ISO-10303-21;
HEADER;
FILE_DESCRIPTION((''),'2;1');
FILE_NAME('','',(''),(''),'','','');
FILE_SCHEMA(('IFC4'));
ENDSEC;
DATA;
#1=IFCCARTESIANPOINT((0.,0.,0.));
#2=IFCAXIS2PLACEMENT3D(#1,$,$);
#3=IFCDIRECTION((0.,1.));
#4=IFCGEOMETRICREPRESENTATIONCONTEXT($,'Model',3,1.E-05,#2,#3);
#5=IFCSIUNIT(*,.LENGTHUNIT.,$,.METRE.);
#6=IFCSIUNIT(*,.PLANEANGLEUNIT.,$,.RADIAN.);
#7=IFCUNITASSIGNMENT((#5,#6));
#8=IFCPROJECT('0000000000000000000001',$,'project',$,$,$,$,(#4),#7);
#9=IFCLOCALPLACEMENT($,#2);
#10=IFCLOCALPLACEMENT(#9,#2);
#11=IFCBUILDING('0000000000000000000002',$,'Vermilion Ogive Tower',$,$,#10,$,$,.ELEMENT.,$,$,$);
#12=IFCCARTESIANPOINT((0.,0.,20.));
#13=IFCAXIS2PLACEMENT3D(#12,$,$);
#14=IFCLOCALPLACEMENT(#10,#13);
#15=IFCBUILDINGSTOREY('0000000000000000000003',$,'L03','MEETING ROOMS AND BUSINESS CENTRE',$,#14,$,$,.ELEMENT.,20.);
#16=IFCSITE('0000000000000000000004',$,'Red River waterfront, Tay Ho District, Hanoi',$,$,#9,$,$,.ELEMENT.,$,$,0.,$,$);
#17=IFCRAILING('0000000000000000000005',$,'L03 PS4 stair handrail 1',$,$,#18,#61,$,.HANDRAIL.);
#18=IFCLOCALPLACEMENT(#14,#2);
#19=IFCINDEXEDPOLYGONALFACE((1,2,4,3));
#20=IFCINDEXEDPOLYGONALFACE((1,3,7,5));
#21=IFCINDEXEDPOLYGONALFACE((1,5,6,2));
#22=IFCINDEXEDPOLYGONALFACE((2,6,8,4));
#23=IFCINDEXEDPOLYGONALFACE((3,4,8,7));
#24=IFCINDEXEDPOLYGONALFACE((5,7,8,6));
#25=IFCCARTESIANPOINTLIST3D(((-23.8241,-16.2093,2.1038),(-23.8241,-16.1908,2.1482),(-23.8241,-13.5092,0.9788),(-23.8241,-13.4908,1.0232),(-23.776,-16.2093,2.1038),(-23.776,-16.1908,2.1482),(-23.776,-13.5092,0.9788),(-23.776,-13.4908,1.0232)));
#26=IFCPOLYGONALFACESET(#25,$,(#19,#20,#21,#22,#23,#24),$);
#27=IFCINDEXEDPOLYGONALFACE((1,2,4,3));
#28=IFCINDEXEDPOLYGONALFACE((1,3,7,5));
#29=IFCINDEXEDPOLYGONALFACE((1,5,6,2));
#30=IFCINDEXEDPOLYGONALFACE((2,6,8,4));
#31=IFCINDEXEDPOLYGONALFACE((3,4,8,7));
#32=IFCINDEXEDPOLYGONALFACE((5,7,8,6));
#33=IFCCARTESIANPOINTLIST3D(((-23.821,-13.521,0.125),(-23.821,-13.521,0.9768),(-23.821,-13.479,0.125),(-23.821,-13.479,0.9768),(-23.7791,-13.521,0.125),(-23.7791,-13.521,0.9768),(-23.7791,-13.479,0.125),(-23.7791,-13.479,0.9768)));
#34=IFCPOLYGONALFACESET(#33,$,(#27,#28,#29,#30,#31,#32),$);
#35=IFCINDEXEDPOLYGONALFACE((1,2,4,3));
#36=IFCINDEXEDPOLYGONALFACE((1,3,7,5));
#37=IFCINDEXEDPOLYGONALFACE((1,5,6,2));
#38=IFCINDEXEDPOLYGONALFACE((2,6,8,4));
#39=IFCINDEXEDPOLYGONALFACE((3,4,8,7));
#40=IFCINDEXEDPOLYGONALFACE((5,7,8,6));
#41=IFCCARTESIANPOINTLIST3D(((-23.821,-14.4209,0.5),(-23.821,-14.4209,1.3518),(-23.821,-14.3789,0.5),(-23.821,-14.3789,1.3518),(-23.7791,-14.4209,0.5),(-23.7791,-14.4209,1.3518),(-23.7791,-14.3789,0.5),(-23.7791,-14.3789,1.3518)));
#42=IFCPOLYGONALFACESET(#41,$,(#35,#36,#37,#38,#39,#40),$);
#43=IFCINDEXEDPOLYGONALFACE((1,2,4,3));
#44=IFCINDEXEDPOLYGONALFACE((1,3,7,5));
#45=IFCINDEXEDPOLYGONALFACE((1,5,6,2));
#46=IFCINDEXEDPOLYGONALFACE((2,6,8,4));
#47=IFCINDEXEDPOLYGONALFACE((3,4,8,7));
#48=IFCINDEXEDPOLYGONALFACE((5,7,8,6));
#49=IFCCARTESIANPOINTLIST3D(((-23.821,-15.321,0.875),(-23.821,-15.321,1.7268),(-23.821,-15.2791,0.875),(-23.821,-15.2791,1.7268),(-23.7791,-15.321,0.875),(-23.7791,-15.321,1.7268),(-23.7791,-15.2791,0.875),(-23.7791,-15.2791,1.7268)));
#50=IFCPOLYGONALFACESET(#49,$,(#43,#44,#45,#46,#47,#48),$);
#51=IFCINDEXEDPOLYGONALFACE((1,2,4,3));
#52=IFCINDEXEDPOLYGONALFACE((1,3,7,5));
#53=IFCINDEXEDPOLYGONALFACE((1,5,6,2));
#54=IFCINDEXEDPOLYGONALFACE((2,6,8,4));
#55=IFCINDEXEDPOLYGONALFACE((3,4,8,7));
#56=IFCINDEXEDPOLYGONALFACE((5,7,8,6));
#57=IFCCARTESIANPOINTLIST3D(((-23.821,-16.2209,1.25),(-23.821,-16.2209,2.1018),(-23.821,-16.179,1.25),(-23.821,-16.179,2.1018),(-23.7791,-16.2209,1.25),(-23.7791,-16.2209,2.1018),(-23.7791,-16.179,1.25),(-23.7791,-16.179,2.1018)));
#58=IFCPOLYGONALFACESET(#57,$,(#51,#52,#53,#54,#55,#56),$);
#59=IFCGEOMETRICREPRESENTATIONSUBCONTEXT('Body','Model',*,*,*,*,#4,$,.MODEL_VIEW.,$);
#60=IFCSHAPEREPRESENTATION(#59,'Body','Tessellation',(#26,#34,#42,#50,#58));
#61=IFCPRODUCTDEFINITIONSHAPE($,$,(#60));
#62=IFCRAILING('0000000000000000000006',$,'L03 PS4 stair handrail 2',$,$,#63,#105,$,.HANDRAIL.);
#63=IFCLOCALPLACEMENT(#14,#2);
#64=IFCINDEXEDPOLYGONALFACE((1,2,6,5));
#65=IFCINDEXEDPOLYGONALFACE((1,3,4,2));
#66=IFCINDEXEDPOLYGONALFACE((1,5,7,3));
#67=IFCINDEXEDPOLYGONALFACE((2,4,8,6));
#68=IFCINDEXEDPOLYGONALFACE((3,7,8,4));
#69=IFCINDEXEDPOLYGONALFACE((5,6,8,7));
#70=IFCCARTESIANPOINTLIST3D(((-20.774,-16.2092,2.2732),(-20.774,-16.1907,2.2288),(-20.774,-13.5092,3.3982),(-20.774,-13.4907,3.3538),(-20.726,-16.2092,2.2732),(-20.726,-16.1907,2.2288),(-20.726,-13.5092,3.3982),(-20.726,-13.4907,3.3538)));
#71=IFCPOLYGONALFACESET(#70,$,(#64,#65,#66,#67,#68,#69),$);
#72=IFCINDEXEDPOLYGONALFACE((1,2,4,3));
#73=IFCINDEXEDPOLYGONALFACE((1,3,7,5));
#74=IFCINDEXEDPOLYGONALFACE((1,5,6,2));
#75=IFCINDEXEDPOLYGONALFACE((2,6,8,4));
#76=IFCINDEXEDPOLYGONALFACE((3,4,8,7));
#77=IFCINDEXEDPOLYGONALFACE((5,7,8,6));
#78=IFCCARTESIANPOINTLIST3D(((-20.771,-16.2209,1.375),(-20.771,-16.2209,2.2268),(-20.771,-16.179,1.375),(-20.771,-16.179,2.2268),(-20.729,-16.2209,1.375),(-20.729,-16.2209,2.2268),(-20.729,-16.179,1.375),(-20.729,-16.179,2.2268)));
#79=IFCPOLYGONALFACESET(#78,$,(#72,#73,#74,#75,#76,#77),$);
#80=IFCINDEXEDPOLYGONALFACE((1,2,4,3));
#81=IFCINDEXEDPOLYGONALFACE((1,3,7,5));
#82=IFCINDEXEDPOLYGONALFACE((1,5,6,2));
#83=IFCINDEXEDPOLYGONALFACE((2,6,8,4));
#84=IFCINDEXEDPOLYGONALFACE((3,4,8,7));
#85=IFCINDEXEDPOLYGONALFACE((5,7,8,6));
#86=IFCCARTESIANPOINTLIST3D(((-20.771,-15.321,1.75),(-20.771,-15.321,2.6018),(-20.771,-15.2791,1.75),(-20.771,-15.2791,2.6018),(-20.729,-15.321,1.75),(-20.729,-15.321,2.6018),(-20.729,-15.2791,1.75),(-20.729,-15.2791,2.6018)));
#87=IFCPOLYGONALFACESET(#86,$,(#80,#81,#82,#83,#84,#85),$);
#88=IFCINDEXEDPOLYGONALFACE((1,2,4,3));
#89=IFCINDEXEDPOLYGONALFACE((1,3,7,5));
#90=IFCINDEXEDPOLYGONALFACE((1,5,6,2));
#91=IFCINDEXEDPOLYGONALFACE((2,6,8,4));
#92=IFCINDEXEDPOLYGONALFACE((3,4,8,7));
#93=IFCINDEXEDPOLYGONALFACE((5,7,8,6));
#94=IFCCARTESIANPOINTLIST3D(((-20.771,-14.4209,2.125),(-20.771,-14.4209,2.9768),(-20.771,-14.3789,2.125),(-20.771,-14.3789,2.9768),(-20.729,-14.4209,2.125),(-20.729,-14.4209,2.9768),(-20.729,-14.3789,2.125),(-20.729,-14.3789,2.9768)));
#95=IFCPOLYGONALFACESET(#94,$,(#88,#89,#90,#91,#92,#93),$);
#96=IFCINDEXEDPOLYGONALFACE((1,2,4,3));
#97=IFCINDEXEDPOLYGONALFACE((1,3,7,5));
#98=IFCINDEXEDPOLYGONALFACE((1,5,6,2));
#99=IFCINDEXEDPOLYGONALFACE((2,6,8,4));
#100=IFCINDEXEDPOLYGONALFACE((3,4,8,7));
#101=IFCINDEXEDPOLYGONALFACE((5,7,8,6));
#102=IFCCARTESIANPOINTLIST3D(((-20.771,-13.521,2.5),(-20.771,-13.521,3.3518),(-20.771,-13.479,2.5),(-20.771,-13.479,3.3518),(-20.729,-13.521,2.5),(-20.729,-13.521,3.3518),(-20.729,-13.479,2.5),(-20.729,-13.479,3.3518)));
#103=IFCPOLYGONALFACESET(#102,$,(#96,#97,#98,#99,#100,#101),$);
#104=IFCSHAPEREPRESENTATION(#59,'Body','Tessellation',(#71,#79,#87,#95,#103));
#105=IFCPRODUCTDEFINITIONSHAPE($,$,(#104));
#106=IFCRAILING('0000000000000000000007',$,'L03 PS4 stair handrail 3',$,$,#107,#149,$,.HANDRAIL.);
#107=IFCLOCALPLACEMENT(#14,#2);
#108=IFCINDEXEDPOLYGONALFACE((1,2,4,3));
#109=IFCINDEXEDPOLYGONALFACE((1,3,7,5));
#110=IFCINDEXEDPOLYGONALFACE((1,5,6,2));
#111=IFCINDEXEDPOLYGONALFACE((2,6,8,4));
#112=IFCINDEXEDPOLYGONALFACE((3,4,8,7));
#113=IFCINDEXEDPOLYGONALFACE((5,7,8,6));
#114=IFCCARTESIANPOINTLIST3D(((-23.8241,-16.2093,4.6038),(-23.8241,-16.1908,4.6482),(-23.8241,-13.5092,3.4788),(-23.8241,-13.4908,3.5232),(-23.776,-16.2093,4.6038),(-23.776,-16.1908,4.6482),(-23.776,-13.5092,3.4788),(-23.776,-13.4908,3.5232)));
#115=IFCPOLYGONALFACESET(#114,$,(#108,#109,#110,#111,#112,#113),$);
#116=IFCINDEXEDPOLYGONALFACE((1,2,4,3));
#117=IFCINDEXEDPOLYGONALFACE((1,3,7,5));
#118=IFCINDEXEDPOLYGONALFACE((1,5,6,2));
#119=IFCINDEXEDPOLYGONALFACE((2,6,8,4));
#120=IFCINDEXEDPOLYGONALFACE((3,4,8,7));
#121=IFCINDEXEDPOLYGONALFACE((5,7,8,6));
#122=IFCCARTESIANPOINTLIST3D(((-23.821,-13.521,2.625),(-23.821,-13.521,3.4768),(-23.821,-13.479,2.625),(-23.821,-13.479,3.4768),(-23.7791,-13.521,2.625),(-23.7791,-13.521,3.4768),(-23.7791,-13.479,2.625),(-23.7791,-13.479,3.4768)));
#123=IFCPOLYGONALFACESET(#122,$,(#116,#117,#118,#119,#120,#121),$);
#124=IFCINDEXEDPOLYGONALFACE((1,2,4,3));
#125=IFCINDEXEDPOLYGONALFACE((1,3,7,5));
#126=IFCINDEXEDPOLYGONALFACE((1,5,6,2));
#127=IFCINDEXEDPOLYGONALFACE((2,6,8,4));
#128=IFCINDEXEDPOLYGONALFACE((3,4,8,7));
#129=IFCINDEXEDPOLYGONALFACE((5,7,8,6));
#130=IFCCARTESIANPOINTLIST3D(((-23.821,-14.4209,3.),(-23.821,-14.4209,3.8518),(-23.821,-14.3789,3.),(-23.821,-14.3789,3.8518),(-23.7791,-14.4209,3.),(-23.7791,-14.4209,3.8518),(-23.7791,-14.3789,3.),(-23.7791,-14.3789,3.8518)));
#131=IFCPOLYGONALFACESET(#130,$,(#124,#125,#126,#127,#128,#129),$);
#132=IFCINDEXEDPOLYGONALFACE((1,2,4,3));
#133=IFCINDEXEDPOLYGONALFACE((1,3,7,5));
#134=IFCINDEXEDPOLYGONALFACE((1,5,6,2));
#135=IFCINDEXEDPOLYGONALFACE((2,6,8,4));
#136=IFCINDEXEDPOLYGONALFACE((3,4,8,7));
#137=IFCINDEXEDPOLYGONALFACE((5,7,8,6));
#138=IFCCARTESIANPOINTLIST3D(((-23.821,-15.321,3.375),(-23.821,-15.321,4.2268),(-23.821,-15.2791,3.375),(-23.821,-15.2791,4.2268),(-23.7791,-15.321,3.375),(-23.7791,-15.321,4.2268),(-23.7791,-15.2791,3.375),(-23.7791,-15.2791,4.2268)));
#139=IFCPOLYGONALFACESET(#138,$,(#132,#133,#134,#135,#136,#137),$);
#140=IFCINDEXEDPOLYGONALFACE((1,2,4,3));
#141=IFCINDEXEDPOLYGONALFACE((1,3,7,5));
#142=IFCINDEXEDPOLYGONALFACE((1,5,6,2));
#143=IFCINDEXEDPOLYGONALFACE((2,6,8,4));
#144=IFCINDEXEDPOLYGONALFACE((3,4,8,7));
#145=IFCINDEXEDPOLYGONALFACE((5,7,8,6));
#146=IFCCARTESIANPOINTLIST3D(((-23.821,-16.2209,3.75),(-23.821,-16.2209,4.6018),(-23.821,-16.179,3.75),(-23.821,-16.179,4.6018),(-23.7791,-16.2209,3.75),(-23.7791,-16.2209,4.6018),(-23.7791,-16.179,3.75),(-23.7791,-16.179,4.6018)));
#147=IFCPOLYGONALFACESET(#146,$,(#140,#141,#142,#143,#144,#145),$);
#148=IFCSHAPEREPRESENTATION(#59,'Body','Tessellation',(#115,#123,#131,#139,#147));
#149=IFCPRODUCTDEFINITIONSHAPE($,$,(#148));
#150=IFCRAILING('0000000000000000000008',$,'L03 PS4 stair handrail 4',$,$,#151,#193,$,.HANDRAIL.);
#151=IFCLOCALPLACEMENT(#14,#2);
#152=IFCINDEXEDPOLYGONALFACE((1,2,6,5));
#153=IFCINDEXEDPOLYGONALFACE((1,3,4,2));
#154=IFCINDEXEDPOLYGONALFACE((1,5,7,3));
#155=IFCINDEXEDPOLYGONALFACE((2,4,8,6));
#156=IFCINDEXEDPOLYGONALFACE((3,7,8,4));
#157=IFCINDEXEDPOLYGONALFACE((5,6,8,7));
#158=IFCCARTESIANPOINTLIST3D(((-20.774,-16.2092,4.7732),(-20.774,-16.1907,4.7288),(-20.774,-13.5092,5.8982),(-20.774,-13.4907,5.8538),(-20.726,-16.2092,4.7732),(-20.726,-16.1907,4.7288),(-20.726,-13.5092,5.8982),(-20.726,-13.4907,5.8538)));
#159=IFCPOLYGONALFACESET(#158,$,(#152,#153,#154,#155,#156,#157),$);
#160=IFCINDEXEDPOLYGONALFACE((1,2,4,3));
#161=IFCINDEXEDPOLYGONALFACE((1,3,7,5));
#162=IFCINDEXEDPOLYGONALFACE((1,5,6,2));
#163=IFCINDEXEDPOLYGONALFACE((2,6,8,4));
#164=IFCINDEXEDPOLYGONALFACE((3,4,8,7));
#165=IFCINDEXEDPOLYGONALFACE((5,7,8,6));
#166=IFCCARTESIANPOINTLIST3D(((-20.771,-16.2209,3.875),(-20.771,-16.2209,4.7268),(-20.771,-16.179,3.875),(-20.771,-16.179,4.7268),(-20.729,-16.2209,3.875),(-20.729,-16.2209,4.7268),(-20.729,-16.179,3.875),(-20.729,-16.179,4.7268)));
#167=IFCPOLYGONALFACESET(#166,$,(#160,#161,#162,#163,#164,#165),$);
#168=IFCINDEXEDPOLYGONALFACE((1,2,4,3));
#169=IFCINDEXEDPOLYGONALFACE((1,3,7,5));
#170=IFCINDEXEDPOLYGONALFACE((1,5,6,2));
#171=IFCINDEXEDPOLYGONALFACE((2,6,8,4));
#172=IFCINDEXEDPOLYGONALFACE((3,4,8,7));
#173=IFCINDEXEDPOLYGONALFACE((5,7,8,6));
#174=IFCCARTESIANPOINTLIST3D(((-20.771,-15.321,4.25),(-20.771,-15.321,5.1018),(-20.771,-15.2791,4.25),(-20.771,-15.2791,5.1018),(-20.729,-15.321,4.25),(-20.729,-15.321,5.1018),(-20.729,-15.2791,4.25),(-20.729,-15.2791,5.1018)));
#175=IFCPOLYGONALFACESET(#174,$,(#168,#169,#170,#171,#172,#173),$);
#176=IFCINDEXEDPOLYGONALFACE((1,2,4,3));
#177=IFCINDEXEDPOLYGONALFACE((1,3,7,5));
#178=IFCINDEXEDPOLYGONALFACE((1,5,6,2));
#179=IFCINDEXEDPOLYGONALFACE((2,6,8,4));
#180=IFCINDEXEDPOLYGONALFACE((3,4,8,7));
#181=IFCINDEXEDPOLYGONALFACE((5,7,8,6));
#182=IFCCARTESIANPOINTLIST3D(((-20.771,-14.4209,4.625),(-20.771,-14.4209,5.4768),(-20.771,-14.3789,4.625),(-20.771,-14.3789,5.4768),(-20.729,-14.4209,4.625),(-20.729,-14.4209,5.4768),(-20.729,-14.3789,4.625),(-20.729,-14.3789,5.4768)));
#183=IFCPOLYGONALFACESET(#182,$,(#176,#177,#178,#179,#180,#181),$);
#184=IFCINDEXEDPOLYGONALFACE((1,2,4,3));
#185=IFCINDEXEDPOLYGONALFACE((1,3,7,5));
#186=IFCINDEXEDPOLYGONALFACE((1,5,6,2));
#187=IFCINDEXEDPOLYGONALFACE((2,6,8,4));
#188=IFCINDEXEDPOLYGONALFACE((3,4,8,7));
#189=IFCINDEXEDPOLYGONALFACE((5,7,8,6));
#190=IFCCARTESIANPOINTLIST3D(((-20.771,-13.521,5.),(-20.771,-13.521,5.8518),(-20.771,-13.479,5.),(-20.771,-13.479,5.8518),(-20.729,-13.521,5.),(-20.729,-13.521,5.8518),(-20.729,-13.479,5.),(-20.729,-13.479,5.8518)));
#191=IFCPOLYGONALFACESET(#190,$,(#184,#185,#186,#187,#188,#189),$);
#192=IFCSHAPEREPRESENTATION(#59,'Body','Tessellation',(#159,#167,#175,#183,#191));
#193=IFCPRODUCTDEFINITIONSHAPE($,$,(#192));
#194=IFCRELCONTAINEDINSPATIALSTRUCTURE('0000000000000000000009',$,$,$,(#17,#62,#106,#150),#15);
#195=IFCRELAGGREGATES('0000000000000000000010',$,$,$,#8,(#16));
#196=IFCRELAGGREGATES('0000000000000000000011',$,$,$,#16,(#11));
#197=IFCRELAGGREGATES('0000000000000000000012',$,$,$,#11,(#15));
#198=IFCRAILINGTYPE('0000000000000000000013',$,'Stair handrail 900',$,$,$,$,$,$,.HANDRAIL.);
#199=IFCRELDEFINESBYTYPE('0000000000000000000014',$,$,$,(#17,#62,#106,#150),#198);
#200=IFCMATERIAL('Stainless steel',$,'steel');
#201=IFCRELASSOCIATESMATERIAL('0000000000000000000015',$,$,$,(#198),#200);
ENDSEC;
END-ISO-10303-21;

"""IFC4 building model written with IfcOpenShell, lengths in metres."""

from ifc_helpers import new_model, si_unit, direction, frame, origin, origin_2d, place, context, subcontext, project, spatial, rectangle, extrude, material, type_object, element, save


model = new_model("IFC4")

# Units and contexts
model_context = context("Model", 3, precision=1e-05, world=origin(), true_north=direction((0.0, 1.0)))
body_context = subcontext(model_context, "Body", "Model", "MODEL_VIEW")
ifc_project = project(units=[si_unit("LENGTHUNIT", "METRE"), si_unit("PLANEANGLEUNIT", "RADIAN")], contexts=[model_context])

# Site, building, storey
site_placement = place(None, origin())
site = spatial("IfcSite", under=ifc_project, at=site_placement, Name="Red River waterfront, Tay Ho District, Hanoi", CompositionType="ELEMENT", RefElevation=0.0)
building_placement = place(site_placement, origin())
building = spatial("IfcBuilding", under=site, at=building_placement, Name="Vermilion Ogive Tower", CompositionType="ELEMENT")
storey_placement = place(building_placement, frame((0.0, 0.0, 20.0)))
storey = spatial("IfcBuildingStorey", under=building, at=storey_placement, Name="L03", Description="MEETING ROOMS AND BUSINESS CENTRE", CompositionType="ELEMENT", Elevation=20.0)

# Railings
ifc_material_1 = material(Name="Stainless steel", Category="steel")
railing_type_1 = type_object("IfcRailingType", Name="Stair handrail 900", PredefinedType="HANDRAIL", material=ifc_material_1)
railing_1_placement = place(storey_placement, frame((-23.8, -13.5, 0.125)))
element("IfcRailing", 1, at=railing_1_placement, inside=storey, type_object=railing_type_1, Name="L03 PS4 stair handrail 1", PredefinedType="HANDRAIL", context=body_context, shape_type="SweptSolid", body=[
    extrude(rectangle(XDim=0.0481, YDim=0.0481, at=origin_2d()), frame((0.0, 0.0, 0.876), z_axis=(0.0, -0.923074, 0.384621), x_axis=(1.0, 0.0, 0.0)), (0.0, 0.0, 1.0), 2.925),
    extrude(rectangle(XDim=0.042, YDim=0.042, at=origin_2d()), origin(), (0.0, 0.0, 1.0), 0.8518),
    extrude(rectangle(XDim=0.042, YDim=0.042, at=origin_2d()), frame((0.0, -0.8999, 0.375)), (0.0, 0.0, 1.0), 0.8518),
    extrude(rectangle(XDim=0.042, YDim=0.042, at=origin_2d()), frame((0.0, -1.8, 0.75)), (0.0, 0.0, 1.0), 0.8518),
    extrude(rectangle(XDim=0.042, YDim=0.042, at=origin_2d()), frame((0.0, -2.7, 1.125)), (0.0, 0.0, 1.0), 0.8518),
])
railing_2_placement = place(storey_placement, frame((-20.75, -16.2, 1.375)))
element("IfcRailing", 2, at=railing_2_placement, inside=storey, type_object=railing_type_1, Name="L03 PS4 stair handrail 2", PredefinedType="HANDRAIL", context=body_context, shape_type="SweptSolid", body=[
    extrude(rectangle(XDim=0.0481, YDim=0.0481, at=origin_2d()), frame((0.0, 0.0, 0.876), z_axis=(0.0, 0.923074, 0.384621), x_axis=(-1.0, 0.0, 0.0)), (0.0, 0.0, 1.0), 2.925),
    extrude(rectangle(XDim=0.042, YDim=0.042, at=origin_2d()), origin(), (0.0, 0.0, 1.0), 0.8518),
    extrude(rectangle(XDim=0.042, YDim=0.042, at=origin_2d()), frame((0.0, 0.8999, 0.375)), (0.0, 0.0, 1.0), 0.8518),
    extrude(rectangle(XDim=0.042, YDim=0.042, at=origin_2d()), frame((0.0, 1.8, 0.75)), (0.0, 0.0, 1.0), 0.8518),
    extrude(rectangle(XDim=0.042, YDim=0.042, at=origin_2d()), frame((0.0, 2.7, 1.125)), (0.0, 0.0, 1.0), 0.8518),
])
railing_3_placement = place(storey_placement, frame((-23.8, -13.5, 2.625)))
element("IfcRailing", 3, at=railing_3_placement, inside=storey, type_object=railing_type_1, Name="L03 PS4 stair handrail 3", PredefinedType="HANDRAIL", context=body_context, shape_type="SweptSolid", body=[
    extrude(rectangle(XDim=0.0481, YDim=0.0481, at=origin_2d()), frame((0.0, 0.0, 0.876), z_axis=(0.0, -0.923074, 0.384621), x_axis=(1.0, 0.0, 0.0)), (0.0, 0.0, 1.0), 2.925),
    extrude(rectangle(XDim=0.042, YDim=0.042, at=origin_2d()), origin(), (0.0, 0.0, 1.0), 0.8518),
    extrude(rectangle(XDim=0.042, YDim=0.042, at=origin_2d()), frame((0.0, -0.8999, 0.375)), (0.0, 0.0, 1.0), 0.8518),
    extrude(rectangle(XDim=0.042, YDim=0.042, at=origin_2d()), frame((0.0, -1.8, 0.75)), (0.0, 0.0, 1.0), 0.8518),
    extrude(rectangle(XDim=0.042, YDim=0.042, at=origin_2d()), frame((0.0, -2.7, 1.125)), (0.0, 0.0, 1.0), 0.8518),
])
railing_4_placement = place(storey_placement, frame((-20.75, -16.2, 3.875)))
element("IfcRailing", 4, at=railing_4_placement, inside=storey, type_object=railing_type_1, Name="L03 PS4 stair handrail 4", PredefinedType="HANDRAIL", context=body_context, shape_type="SweptSolid", body=[
    extrude(rectangle(XDim=0.0481, YDim=0.0481, at=origin_2d()), frame((0.0, 0.0, 0.876), z_axis=(0.0, 0.923074, 0.384621), x_axis=(-1.0, 0.0, 0.0)), (0.0, 0.0, 1.0), 2.925),
    extrude(rectangle(XDim=0.042, YDim=0.042, at=origin_2d()), origin(), (0.0, 0.0, 1.0), 0.8518),
    extrude(rectangle(XDim=0.042, YDim=0.042, at=origin_2d()), frame((0.0, 0.8999, 0.375)), (0.0, 0.0, 1.0), 0.8518),
    extrude(rectangle(XDim=0.042, YDim=0.042, at=origin_2d()), frame((0.0, 1.8, 0.75)), (0.0, 0.0, 1.0), 0.8518),
    extrude(rectangle(XDim=0.042, YDim=0.042, at=origin_2d()), frame((0.0, 2.7, 1.125)), (0.0, 0.0, 1.0), 0.8518),
])

save(model, "model.ifc")
